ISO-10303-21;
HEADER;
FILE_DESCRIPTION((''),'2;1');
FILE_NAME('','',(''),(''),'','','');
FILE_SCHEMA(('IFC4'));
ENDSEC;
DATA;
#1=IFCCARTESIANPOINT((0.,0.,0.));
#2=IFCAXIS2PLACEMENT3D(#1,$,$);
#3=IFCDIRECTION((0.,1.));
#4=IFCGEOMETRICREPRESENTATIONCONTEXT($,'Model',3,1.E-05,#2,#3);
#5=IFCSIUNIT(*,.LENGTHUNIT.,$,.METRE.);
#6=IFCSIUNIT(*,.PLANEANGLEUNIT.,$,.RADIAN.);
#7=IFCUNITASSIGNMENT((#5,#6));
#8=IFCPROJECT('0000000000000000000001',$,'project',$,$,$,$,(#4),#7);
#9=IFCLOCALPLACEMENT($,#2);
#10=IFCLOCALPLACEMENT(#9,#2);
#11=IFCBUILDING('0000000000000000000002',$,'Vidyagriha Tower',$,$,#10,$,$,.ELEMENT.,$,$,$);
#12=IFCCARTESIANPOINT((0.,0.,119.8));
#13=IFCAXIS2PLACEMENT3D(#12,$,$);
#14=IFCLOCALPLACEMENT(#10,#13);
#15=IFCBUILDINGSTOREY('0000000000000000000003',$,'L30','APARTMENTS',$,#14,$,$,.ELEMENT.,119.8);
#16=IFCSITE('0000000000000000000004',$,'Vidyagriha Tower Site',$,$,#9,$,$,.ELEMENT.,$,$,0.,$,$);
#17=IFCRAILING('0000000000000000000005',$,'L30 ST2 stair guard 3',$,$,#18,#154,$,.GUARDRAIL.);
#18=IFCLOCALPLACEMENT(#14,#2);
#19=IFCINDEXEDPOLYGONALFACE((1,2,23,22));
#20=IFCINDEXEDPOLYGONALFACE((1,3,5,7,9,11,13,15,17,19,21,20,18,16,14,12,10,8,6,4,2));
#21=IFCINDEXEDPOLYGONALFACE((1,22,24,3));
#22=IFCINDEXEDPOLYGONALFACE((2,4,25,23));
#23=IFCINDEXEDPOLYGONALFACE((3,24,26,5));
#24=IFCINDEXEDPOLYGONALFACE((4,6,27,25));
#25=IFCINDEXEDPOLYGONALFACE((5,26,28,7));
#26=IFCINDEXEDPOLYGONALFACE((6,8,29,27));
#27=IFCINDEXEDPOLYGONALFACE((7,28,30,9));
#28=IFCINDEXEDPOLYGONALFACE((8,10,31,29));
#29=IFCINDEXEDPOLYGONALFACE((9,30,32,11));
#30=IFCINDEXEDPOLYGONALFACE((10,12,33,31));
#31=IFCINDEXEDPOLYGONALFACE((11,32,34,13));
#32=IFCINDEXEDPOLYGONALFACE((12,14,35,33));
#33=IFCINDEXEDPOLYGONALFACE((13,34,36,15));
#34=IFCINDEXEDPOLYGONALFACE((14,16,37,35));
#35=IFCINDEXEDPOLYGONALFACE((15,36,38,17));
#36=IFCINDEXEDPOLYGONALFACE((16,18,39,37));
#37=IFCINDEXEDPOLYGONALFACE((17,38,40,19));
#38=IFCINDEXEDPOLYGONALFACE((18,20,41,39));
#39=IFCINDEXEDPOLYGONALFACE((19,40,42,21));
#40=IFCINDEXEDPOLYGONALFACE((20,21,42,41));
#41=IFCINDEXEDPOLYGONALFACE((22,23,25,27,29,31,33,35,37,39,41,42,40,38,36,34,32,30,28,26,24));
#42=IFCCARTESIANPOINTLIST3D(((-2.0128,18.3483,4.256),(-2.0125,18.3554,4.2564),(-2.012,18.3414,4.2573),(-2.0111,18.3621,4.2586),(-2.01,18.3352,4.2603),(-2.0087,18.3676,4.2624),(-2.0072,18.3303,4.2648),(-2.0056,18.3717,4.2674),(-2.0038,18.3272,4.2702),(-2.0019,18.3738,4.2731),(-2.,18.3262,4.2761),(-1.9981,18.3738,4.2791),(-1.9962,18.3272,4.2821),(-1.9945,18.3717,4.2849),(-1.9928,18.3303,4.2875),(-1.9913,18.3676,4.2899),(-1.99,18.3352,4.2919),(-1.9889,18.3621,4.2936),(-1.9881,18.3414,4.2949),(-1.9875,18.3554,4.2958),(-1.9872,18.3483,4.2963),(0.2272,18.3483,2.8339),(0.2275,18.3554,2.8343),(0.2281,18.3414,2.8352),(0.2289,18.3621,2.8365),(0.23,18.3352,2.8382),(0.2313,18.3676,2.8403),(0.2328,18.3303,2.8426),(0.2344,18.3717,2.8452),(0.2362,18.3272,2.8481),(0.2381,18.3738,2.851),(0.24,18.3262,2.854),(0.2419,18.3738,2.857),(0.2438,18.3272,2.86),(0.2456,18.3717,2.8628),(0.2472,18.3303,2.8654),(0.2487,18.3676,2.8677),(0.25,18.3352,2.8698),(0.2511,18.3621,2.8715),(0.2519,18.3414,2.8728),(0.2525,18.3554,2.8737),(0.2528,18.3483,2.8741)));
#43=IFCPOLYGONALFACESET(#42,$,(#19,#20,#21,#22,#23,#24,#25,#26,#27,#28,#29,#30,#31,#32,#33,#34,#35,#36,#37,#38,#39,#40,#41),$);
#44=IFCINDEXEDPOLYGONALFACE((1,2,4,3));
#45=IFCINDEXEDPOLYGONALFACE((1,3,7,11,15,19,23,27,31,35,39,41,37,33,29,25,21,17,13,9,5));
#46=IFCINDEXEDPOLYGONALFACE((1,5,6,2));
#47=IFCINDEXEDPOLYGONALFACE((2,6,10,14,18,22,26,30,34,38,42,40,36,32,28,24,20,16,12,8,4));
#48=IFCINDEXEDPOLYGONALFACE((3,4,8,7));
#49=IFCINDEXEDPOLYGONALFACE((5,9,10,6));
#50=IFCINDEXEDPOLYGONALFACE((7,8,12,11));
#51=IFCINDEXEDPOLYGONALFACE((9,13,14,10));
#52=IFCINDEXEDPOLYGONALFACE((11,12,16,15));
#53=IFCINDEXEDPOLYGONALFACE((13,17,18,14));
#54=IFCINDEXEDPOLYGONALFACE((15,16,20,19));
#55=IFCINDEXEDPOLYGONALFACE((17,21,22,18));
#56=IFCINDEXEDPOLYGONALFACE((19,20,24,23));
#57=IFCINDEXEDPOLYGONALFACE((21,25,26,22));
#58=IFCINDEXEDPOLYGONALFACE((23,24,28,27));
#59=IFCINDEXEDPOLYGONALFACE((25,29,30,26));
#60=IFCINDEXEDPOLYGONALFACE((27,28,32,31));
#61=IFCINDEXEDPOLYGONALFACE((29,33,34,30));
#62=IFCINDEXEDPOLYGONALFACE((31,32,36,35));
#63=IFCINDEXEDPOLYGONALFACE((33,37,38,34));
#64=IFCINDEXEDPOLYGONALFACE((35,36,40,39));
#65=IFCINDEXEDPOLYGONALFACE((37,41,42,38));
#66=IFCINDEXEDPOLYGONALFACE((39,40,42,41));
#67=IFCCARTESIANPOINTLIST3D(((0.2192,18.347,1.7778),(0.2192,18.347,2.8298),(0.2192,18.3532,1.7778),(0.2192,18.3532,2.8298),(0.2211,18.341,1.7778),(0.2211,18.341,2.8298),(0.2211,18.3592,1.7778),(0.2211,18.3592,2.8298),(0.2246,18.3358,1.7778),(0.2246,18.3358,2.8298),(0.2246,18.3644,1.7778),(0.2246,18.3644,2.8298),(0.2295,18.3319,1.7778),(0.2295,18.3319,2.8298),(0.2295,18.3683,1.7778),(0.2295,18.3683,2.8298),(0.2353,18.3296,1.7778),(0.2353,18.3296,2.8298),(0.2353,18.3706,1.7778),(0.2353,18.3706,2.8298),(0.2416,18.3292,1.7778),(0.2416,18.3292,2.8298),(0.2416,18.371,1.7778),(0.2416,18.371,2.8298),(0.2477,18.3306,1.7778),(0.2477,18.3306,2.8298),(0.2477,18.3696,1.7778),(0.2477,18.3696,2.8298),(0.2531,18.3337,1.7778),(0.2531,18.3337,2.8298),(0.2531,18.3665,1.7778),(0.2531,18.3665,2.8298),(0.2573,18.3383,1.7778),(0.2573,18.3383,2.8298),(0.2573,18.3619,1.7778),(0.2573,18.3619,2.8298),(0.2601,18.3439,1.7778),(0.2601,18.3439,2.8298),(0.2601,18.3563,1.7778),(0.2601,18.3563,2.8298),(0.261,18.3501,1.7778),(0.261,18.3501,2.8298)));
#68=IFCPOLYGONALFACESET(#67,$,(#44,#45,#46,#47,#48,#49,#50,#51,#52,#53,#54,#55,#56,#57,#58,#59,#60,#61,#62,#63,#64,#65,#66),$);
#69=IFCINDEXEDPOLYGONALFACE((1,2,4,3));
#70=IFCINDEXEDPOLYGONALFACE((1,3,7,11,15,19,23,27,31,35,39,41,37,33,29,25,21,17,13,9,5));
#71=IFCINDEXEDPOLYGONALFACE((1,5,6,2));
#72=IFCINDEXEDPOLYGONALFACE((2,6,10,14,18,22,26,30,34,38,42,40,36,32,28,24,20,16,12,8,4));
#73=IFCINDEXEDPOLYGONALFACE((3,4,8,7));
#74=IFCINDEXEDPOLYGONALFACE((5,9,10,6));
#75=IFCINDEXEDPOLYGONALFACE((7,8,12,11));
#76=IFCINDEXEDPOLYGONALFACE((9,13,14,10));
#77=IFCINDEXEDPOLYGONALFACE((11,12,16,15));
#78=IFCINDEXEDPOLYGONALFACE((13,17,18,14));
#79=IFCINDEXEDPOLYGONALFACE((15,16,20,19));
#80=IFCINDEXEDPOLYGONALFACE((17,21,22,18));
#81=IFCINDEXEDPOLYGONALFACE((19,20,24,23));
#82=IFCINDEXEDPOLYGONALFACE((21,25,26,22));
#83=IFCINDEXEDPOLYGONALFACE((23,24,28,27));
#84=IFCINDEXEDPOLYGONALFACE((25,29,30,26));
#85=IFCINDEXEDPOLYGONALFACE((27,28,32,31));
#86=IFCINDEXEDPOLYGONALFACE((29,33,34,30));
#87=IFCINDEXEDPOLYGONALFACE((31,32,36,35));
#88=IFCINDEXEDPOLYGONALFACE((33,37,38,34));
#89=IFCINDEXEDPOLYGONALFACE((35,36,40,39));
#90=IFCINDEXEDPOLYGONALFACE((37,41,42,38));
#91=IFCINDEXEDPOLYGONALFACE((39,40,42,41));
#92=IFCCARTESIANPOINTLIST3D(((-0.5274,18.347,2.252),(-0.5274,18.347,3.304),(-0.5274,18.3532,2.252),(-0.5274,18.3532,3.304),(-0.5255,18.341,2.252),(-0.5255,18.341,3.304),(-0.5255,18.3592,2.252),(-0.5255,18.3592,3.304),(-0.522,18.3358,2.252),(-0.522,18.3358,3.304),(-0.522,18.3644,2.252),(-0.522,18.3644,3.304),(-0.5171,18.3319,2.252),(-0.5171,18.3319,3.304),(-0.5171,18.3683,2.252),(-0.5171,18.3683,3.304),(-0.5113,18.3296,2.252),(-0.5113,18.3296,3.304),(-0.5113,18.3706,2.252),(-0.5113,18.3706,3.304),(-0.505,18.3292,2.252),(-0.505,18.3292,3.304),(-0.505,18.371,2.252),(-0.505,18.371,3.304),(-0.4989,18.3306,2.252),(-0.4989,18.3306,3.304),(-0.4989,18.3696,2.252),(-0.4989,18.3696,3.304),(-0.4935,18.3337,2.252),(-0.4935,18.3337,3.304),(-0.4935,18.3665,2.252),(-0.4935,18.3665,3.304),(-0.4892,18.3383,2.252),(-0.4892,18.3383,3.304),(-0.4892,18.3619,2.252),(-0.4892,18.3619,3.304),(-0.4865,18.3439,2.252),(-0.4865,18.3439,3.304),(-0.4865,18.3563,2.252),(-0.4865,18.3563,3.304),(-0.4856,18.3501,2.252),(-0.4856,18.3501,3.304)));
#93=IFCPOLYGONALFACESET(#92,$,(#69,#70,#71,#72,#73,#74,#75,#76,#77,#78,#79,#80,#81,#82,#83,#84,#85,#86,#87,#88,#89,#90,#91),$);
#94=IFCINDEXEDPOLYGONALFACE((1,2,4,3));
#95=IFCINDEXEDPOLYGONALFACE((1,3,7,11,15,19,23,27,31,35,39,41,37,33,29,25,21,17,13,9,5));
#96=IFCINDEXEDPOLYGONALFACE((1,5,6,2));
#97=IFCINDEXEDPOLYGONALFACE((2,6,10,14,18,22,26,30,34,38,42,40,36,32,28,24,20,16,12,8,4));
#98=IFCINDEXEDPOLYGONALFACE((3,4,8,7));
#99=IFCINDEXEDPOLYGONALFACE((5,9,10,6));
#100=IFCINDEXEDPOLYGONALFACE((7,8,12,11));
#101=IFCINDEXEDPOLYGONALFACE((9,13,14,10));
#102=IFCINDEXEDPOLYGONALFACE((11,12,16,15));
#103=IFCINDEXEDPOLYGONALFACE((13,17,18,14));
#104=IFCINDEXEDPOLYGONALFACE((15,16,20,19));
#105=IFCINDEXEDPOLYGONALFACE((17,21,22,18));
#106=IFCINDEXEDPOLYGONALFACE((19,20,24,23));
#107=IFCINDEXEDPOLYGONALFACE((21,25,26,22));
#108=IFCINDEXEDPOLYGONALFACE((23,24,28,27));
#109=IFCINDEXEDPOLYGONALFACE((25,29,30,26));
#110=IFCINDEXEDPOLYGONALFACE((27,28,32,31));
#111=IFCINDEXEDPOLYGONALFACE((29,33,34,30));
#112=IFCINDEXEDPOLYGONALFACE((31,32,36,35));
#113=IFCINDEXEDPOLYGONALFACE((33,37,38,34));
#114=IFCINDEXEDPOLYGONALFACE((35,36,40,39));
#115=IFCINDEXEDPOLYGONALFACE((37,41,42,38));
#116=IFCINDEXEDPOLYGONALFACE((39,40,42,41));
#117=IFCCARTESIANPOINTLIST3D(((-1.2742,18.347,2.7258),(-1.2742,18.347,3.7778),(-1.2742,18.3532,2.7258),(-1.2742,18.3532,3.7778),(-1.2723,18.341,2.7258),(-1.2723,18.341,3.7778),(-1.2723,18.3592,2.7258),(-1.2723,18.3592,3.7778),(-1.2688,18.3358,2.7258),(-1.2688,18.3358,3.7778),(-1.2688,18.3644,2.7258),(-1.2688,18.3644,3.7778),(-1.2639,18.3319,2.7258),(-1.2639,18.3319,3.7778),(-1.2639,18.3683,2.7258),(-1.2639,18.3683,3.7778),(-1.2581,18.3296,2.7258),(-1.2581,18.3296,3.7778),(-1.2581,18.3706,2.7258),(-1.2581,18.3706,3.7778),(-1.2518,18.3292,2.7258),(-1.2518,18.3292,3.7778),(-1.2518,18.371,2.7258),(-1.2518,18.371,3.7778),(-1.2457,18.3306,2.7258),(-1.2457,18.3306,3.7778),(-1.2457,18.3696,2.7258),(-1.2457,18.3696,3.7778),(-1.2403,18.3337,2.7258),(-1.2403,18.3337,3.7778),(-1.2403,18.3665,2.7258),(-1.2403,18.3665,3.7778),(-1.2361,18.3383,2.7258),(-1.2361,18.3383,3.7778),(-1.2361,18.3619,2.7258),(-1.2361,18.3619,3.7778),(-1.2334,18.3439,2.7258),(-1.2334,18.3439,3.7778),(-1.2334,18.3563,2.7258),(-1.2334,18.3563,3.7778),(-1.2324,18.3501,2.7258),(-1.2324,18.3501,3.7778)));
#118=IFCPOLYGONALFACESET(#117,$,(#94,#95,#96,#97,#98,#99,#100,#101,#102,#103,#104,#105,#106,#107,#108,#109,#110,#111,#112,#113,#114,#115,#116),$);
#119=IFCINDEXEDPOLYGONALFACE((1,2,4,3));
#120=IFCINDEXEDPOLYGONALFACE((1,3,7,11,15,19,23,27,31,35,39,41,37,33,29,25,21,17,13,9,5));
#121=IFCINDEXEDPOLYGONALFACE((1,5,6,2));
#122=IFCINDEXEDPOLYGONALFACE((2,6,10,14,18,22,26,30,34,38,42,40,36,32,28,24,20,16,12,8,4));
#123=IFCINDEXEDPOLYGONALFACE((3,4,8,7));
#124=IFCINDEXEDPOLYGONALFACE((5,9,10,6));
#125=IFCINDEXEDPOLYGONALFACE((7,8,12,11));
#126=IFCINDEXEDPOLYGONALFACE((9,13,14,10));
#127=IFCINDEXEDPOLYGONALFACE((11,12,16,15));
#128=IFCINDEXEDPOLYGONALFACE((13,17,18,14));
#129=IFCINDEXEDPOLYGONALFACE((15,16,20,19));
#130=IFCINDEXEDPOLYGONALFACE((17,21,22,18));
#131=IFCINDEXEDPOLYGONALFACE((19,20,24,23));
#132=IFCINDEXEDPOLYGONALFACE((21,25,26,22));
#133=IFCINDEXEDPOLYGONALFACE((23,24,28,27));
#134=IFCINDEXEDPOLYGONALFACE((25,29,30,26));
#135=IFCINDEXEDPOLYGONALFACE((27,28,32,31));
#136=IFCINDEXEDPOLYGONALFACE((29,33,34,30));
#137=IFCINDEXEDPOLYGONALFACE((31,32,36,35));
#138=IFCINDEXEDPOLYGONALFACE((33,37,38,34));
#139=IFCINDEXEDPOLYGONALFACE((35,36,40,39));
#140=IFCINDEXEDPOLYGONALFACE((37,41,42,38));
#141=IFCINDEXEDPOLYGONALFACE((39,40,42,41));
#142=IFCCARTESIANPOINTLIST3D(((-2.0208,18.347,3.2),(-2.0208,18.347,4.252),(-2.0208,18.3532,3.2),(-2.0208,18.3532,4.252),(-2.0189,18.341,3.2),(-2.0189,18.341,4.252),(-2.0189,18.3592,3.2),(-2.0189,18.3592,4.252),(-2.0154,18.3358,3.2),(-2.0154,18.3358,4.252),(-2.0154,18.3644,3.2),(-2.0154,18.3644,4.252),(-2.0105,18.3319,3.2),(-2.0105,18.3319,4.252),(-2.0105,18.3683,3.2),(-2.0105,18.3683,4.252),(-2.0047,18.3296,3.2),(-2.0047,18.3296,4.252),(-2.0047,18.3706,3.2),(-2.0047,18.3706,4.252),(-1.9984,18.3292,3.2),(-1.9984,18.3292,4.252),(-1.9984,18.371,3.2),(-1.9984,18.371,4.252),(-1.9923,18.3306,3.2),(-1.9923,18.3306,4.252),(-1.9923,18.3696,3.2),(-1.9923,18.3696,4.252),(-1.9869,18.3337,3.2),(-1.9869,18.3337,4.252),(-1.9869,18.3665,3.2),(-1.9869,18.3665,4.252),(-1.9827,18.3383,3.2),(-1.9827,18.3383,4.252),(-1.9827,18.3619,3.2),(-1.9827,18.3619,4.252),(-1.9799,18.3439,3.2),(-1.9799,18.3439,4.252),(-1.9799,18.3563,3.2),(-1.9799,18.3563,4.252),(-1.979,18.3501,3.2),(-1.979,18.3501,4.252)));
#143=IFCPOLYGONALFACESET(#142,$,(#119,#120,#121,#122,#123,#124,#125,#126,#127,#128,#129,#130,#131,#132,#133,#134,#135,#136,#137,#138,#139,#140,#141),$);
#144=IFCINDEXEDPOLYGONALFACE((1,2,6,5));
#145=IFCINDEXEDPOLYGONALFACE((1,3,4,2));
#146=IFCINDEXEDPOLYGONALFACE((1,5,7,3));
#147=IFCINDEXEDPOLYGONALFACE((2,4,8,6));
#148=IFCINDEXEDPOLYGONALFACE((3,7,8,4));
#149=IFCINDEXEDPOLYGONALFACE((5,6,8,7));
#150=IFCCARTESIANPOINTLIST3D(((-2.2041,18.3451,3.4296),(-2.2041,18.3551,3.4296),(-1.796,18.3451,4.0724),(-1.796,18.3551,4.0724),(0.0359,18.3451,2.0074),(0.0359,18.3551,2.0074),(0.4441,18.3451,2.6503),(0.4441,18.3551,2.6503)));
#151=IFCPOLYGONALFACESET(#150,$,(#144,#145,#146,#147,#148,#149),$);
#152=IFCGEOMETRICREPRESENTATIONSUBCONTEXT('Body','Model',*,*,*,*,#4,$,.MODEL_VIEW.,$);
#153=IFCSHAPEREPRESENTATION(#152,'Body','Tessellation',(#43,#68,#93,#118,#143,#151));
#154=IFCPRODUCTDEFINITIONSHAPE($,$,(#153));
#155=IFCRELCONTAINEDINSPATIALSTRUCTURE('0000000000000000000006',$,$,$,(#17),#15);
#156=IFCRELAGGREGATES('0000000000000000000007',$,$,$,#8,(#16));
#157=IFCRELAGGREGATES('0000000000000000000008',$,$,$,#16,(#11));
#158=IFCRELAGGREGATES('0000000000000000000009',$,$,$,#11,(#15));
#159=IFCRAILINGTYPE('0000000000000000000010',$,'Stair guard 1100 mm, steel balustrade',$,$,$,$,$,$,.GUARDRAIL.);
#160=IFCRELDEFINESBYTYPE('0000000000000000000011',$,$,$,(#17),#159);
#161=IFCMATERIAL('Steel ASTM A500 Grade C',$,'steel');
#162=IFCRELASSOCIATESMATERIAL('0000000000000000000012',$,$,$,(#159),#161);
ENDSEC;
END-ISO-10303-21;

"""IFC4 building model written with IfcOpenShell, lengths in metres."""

from ifc_helpers import new_model, si_unit, direction, frame, origin, origin_2d, place, context, subcontext, project, spatial, rectangle, circle, extrude, material, type_object, element, save


model = new_model("IFC4")

# Units and contexts
model_context = context("Model", 3, precision=1e-05, world=origin(), true_north=direction((0.0, 1.0)))
body_context = subcontext(model_context, "Body", "Model", "MODEL_VIEW")
ifc_project = project(units=[si_unit("LENGTHUNIT", "METRE"), si_unit("PLANEANGLEUNIT", "RADIAN")], contexts=[model_context])

# Site, building, storey
site_placement = place(None, origin())
site = spatial("IfcSite", under=ifc_project, at=site_placement, Name="Vidyagriha Tower Site", CompositionType="ELEMENT", RefElevation=0.0)
building_placement = place(site_placement, origin())
building = spatial("IfcBuilding", under=site, at=building_placement, Name="Vidyagriha Tower", CompositionType="ELEMENT")
storey_placement = place(building_placement, frame((0.0, 0.0, 119.8)))
storey = spatial("IfcBuildingStorey", under=building, at=storey_placement, Name="L30", Description="APARTMENTS", CompositionType="ELEMENT", Elevation=119.8)

# Railing
ifc_material_1 = material(Name="Steel ASTM A500 Grade C", Category="steel")
railing_type_1 = type_object("IfcRailingType", Name="Stair guard 1100 mm, steel balustrade", PredefinedType="GUARDRAIL", material=ifc_material_1)
railing_1_placement = place(storey_placement, frame((0.24, 18.3501, 1.7778)))
element("IfcRailing", 1, at=railing_1_placement, inside=storey, type_object=railing_type_1, Name="L30 ST2 stair guard 3", PredefinedType="GUARDRAIL", context=body_context, shape_type="SweptSolid", body=[
    extrude(circle(Radius=0.0239, at=origin_2d()), frame((0.0, 0.0, 1.0762), z_axis=(-0.844229, 0.0, 0.535982), x_axis=(0.0, -1.0, 0.0)), (0.0, 0.0, 1.0), 2.6533),
    extrude(circle(Radius=0.021, at=origin_2d()), origin(), (0.0, 0.0, 1.0), 1.052),
    extrude(circle(Radius=0.021, at=origin_2d()), frame((-0.7466, 0.0, 0.4741)), (0.0, 0.0, 1.0), 1.052),
    extrude(circle(Radius=0.021, at=origin_2d()), frame((-1.4934, 0.0, 0.948)), (0.0, 0.0, 1.0), 1.052),
    extrude(circle(Radius=0.021, at=origin_2d()), frame((-2.24, 0.0, 1.4221)), (0.0, 0.0, 1.0), 1.052),
    extrude(rectangle(XDim=0.01, YDim=0.7615, at=origin_2d()), frame((0.0, 0.0, 0.551), z_axis=(-0.844229, 0.0, 0.535982), x_axis=(0.0, -1.0, 0.0)), (0.0, 0.0, 1.0), 2.6533),
])

save(model, "model.ifc")
